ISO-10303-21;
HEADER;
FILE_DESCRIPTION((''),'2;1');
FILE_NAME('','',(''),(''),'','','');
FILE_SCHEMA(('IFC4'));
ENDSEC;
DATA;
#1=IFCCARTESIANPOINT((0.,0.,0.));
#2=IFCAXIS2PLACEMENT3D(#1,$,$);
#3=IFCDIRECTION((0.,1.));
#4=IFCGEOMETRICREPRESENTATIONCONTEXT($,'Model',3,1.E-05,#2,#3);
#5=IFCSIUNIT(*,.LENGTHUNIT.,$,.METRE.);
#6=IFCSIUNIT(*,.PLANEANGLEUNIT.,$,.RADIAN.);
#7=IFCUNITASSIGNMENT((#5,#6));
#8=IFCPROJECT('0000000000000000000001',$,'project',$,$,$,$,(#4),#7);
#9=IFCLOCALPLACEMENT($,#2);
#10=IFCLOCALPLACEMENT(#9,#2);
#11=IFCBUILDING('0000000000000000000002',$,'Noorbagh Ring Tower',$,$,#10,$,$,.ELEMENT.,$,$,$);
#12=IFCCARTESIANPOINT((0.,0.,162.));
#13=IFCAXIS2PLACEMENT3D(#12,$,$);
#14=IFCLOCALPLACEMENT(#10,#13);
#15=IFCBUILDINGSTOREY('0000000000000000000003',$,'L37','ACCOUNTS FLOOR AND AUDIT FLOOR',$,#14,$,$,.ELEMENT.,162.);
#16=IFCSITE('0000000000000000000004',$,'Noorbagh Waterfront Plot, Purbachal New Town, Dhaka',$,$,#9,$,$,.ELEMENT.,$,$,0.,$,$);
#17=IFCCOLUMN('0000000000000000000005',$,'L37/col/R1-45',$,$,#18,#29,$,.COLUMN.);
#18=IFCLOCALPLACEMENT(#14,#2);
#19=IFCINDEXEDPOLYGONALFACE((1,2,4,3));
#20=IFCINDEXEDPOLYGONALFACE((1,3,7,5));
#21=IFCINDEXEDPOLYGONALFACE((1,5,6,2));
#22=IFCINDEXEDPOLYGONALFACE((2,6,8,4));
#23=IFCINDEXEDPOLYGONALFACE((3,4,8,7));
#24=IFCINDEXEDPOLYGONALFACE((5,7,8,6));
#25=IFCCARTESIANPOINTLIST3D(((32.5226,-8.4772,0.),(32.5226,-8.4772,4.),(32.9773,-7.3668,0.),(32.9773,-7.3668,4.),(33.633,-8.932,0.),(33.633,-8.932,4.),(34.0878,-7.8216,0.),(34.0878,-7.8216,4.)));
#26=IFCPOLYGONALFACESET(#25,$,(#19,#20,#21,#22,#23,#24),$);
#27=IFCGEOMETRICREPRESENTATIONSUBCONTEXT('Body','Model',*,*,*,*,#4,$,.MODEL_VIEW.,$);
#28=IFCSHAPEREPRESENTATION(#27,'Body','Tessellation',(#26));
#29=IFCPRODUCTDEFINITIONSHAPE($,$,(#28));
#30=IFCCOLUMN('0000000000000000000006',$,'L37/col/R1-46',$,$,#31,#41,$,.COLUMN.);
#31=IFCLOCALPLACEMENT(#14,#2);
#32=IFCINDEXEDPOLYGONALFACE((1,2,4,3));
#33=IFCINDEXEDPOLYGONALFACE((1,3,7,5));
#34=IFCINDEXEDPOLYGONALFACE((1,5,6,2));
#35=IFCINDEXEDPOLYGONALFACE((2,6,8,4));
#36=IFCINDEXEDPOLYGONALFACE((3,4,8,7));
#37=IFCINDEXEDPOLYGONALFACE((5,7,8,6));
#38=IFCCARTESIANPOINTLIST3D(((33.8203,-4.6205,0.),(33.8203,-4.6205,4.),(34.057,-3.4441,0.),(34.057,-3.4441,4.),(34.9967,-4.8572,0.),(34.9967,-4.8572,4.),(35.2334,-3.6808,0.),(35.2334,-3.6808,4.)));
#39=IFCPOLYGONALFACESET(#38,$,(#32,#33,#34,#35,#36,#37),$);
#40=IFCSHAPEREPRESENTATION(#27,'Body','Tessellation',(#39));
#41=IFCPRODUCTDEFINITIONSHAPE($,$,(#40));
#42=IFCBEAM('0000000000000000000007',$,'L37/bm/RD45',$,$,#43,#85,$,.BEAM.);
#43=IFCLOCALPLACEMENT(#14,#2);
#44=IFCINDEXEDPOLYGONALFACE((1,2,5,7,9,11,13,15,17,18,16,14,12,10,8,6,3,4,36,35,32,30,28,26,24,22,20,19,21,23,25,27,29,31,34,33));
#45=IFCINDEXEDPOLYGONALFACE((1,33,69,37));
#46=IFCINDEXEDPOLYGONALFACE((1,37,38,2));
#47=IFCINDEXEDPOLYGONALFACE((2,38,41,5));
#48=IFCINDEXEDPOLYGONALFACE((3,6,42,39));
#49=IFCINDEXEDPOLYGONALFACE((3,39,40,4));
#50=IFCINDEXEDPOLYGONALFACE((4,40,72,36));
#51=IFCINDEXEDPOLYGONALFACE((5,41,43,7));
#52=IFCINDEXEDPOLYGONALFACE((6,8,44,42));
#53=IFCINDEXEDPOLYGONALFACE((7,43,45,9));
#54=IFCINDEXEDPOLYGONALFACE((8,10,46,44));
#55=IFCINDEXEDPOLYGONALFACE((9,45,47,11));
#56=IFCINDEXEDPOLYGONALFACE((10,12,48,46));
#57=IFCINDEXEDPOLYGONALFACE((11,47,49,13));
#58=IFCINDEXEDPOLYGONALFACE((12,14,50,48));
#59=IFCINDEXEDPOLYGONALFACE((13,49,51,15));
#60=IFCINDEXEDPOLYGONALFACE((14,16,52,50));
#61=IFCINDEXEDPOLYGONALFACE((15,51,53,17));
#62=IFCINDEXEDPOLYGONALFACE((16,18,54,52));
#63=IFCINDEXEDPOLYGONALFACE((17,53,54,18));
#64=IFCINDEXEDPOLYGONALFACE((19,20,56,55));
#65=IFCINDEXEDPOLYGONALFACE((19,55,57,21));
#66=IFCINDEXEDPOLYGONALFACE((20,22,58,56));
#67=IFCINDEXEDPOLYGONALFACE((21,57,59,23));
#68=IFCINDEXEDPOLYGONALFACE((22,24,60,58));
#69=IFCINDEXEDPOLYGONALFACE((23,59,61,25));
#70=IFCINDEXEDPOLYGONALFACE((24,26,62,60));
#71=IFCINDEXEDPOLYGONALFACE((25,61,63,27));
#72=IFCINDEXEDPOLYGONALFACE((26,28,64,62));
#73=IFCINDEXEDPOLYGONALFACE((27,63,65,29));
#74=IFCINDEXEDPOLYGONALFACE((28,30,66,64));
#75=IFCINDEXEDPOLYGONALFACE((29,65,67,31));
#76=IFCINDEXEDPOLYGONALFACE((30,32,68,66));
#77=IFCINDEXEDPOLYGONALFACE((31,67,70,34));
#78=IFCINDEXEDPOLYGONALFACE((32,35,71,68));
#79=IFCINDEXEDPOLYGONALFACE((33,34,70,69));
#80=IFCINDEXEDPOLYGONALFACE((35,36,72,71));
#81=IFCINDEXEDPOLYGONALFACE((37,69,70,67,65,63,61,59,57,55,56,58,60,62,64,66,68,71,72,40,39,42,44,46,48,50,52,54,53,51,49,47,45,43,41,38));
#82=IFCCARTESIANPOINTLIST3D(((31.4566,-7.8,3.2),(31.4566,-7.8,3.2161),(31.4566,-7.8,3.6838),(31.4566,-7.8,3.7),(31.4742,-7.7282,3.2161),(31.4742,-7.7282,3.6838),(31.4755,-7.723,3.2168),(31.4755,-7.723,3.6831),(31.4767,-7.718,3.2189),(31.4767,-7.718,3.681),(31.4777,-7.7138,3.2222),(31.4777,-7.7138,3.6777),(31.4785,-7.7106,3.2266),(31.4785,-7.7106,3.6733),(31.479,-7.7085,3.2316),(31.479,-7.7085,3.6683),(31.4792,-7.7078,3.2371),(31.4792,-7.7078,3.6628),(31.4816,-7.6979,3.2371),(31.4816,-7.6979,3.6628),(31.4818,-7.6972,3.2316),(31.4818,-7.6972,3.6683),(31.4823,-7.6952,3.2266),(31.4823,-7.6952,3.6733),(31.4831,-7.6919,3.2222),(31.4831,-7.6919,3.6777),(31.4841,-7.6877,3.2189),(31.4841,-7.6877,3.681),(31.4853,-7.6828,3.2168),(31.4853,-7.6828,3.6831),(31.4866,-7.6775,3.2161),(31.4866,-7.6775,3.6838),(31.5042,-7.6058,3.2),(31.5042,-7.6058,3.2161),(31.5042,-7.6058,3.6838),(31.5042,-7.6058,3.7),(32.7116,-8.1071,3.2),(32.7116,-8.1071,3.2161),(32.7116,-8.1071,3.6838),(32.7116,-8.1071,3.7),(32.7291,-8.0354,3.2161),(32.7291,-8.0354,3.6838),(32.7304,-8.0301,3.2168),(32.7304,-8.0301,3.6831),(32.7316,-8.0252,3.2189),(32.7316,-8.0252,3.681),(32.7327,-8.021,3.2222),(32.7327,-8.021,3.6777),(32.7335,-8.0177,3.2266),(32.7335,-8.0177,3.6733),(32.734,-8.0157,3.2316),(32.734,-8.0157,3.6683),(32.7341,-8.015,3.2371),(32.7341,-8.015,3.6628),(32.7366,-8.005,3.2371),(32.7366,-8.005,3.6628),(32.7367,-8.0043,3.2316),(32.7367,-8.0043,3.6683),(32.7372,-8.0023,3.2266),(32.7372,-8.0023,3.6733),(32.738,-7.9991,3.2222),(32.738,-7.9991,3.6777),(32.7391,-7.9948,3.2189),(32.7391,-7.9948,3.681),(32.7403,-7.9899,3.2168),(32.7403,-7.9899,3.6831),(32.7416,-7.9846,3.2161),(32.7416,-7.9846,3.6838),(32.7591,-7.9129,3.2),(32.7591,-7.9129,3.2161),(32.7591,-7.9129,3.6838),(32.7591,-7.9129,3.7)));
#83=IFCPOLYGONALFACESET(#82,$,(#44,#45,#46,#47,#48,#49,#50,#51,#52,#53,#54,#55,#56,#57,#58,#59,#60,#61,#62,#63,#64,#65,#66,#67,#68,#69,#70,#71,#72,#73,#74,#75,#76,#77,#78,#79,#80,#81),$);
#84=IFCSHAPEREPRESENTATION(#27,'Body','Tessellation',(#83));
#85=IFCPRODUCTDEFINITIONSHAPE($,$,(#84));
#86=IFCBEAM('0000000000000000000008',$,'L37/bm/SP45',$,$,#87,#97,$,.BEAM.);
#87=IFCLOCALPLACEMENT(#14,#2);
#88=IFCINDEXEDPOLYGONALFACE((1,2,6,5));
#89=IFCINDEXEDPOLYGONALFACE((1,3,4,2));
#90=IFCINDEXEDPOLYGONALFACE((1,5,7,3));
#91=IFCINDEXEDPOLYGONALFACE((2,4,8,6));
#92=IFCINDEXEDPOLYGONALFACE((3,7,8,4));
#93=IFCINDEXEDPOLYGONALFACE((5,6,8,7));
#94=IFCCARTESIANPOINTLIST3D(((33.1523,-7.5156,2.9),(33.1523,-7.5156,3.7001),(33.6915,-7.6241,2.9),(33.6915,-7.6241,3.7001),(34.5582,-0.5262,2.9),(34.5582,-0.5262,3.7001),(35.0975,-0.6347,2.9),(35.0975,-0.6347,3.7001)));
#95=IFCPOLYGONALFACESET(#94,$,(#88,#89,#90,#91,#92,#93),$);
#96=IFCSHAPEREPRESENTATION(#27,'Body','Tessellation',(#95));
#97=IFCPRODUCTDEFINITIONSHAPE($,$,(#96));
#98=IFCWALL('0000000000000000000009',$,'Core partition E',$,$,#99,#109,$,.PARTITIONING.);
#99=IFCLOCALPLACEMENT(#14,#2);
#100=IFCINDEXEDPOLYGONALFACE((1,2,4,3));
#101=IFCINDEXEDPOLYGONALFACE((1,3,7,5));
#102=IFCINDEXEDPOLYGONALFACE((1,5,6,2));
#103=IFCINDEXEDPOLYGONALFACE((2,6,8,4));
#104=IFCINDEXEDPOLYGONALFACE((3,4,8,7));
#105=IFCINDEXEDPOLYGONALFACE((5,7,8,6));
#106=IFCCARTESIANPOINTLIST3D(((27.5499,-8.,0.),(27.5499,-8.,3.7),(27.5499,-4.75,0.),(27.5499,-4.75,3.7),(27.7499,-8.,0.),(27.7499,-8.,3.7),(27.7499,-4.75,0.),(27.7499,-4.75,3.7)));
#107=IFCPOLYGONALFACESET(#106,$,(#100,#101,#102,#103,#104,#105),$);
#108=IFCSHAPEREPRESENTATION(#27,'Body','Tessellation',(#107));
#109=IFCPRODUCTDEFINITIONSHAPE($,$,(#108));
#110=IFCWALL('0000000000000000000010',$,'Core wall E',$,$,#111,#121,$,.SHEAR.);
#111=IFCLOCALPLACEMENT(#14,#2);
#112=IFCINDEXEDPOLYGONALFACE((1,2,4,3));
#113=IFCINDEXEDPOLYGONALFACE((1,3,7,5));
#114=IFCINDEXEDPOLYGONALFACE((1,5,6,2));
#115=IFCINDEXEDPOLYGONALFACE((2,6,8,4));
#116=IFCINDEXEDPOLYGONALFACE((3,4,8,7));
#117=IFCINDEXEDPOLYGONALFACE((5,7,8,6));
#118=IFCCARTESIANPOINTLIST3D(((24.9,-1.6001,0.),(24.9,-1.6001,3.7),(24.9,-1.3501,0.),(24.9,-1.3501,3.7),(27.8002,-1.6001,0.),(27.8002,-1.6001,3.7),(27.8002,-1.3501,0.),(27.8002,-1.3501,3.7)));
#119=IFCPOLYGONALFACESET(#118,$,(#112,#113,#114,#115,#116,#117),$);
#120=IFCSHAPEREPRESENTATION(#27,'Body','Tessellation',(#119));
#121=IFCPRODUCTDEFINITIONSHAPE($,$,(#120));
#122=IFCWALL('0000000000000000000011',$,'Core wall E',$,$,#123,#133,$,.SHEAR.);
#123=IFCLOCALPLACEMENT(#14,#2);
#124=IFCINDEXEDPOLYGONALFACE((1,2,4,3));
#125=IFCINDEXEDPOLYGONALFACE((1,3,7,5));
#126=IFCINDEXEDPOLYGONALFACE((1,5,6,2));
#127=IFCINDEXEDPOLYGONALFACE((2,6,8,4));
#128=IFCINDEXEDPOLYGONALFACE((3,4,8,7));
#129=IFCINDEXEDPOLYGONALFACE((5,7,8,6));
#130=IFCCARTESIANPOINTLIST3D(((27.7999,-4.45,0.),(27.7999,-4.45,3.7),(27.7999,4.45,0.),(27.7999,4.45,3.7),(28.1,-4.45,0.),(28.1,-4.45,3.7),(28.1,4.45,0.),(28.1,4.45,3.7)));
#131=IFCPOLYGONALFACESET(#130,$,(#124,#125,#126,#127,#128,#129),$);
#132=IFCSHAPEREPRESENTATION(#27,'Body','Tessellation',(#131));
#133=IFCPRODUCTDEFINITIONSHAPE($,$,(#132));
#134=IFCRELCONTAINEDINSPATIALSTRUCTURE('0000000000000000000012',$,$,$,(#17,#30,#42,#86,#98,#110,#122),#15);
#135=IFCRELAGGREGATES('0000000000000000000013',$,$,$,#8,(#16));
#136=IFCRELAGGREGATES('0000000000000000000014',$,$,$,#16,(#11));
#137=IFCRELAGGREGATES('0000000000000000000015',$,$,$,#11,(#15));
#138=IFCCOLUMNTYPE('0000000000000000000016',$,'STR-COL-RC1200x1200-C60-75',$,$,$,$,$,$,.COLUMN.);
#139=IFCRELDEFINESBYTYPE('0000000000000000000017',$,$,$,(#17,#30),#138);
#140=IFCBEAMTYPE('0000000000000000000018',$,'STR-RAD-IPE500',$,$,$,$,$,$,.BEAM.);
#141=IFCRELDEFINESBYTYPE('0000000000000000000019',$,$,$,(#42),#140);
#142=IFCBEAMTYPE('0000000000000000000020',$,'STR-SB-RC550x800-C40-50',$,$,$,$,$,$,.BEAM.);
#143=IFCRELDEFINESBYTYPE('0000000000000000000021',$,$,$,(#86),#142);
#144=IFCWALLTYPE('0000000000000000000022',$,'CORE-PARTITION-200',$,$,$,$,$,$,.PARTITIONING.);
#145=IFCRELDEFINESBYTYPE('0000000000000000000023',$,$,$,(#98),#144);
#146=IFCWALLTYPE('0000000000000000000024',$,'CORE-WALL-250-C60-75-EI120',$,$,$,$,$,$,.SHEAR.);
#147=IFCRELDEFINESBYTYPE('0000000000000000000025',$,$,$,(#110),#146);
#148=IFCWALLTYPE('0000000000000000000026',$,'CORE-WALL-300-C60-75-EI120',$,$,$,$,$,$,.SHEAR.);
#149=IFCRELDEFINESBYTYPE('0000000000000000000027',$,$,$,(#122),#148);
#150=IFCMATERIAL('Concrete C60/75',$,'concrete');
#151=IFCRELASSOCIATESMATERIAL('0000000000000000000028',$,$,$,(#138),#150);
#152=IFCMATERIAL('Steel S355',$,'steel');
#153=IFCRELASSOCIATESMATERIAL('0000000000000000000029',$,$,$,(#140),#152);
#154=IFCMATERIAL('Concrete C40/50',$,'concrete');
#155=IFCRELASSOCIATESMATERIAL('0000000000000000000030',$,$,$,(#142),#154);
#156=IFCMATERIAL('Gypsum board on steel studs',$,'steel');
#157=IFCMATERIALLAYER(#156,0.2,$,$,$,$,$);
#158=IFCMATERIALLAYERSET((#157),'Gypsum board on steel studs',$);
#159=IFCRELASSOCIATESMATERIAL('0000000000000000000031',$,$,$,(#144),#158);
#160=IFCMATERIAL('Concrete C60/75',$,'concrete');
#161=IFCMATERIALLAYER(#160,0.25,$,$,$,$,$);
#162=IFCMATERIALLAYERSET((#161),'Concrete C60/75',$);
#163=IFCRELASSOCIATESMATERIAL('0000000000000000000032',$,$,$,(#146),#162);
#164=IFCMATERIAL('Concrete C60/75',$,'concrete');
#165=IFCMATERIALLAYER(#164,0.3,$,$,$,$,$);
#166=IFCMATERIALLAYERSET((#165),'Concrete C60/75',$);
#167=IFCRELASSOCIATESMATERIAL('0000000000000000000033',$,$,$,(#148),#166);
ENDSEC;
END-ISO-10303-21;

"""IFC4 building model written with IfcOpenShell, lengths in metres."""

from ifc_helpers import new_model, si_unit, direction, frame, frame_2d, origin, origin_2d, place, context, subcontext, project, spatial, rectangle, i_section, extrude, material, layer, layer_set, material_profile, profile_set, type_object, element, save


model = new_model("IFC4")

# Units and contexts
model_context = context("Model", 3, precision=1e-05, world=origin(), true_north=direction((0.0, 1.0)))
body_context = subcontext(model_context, "Body", "Model", "MODEL_VIEW")
ifc_project = project(units=[si_unit("LENGTHUNIT", "METRE"), si_unit("PLANEANGLEUNIT", "RADIAN")], contexts=[model_context])

# Site, building, storey
site_placement = place(None, origin())
site = spatial("IfcSite", under=ifc_project, at=site_placement, Name="Noorbagh Waterfront Plot, Purbachal New Town, Dhaka", CompositionType="ELEMENT", RefElevation=0.0)
building_placement = place(site_placement, origin())
building = spatial("IfcBuilding", under=site, at=building_placement, Name="Noorbagh Ring Tower", CompositionType="ELEMENT")
storey_placement = place(building_placement, frame((0.0, 0.0, 162.0)))
storey = spatial("IfcBuildingStorey", under=building, at=storey_placement, Name="L37", Description="ACCOUNTS FLOOR AND AUDIT FLOOR", CompositionType="ELEMENT", Elevation=162.0)

# Columns
ifc_material_1 = material(Name="Concrete C60/75", Category="concrete")
ifc_material_profile_1 = material_profile(ifc_material_1, rectangle(XDim=1.2, YDim=1.2, at=origin_2d()), Name="RC1200x1200")
ifc_profile_set_1 = profile_set([ifc_material_profile_1], Name="Concrete C60/75")
column_type = type_object("IfcColumnType", Name="STR-COL-RC1200x1200-C60-75", PredefinedType="COLUMN", material=ifc_profile_set_1)
for number, where, z_axis, x_axis, name in (
    (1, (33.3052, -8.1494, 0.0), (0.0, 0.0, 1.0), (0.378989, 0.925401, 0.0), "L37/col/R1-45"),
    (2, (34.5269, -4.1506, 0.0), (0.0, 0.0, 1.0), (0.19723, 0.980357, 0.0), "L37/col/R1-46"),
):
    element("IfcColumn", number, at=place(storey_placement, frame(where, z_axis=z_axis, x_axis=x_axis)), inside=storey, type_object=column_type, Name=name, PredefinedType="COLUMN", context=body_context, shape_type="SweptSolid", body=[
        extrude(rectangle(XDim=1.2, YDim=1.2, at=origin_2d()), origin(), (0.0, 0.0, 1.0), 4.0),
    ])

# Beams
ifc_material_2 = material(Name="Steel S355", Category="steel")
ifc_material_profile_2 = material_profile(ifc_material_2, i_section(OverallWidth=0.2, OverallDepth=0.5, WebThickness=0.0103, FlangeThickness=0.0161, FilletRadius=0.021, at=origin_2d()), Name="IPE500")
ifc_profile_set_2 = profile_set([ifc_material_profile_2], Name="Steel S355")
beam_type_1 = type_object("IfcBeamType", Name="STR-RAD-IPE500", PredefinedType="BEAM", material=ifc_profile_set_2)
beam_1_placement = place(storey_placement, frame((32.7354, -8.01, 3.45), z_axis=(-0.971331, 0.23773, 0.0), x_axis=(-0.23773, -0.971331, 0.0)))
element("IfcBeam", 3, at=beam_1_placement, inside=storey, type_object=beam_type_1, Name="L37/bm/RD45", PredefinedType="BEAM", context=body_context, shape_type="SweptSolid", body=[
    extrude(i_section(OverallWidth=0.2, OverallDepth=0.5, WebThickness=0.0103, FlangeThickness=0.0161, FilletRadius=0.021, at=origin_2d()), origin(), (0.0, 0.0, 1.0), 1.292),
])
ifc_material_3 = material(Name="Concrete C40/50", Category="concrete")
ifc_material_profile_3 = material_profile(ifc_material_3, rectangle(XDim=0.55, YDim=0.8, at=origin_2d()), Name="RC550x800")
ifc_profile_set_3 = profile_set([ifc_material_profile_3], Name="Concrete C40/50")
beam_type_2 = type_object("IfcBeamType", Name="STR-SB-RC550x800-C40-50", PredefinedType="BEAM", material=ifc_profile_set_3)
beam_2_placement = place(storey_placement, frame((33.4219, -7.5698, 3.3), z_axis=(0.197209, 0.980361, 0.0), x_axis=(-0.980361, 0.197209, 0.0)))
element("IfcBeam", 4, at=beam_2_placement, inside=storey, type_object=beam_type_2, Name="L37/bm/SP45", PredefinedType="BEAM", context=body_context, shape_type="SweptSolid", body=[
    extrude(rectangle(XDim=0.55, YDim=0.8, at=origin_2d()), origin(), (0.0, 0.0, 1.0), 7.1294),
])

# Walls
ifc_material_4 = material(Name="Gypsum board on steel studs", Category="steel")
ifc_layer_1 = layer(ifc_material_4, 0.2)
ifc_layer_set_1 = layer_set([ifc_layer_1], Name="Gypsum board on steel studs")
wall_type_1 = type_object("IfcWallType", Name="CORE-PARTITION-200", PredefinedType="PARTITIONING", material=ifc_layer_set_1)
wall_1_placement = place(storey_placement, frame((27.6499, -8.0, 0.0), z_axis=(0.0, 0.0, 1.0), x_axis=(0.0, 1.0, 0.0)))
element("IfcWall", 5, at=wall_1_placement, inside=storey, type_object=wall_type_1, Name="Core partition E", PredefinedType="PARTITIONING", context=body_context, shape_type="SweptSolid", body=[
    extrude(rectangle(XDim=3.25, YDim=0.2, at=frame_2d((1.625, 0.0))), origin(), (0.0, 0.0, 1.0), 3.7),
])
ifc_material_5 = material(Name="Concrete C60/75", Category="concrete")
ifc_layer_2 = layer(ifc_material_5, 0.25)
ifc_layer_set_2 = layer_set([ifc_layer_2], Name="Concrete C60/75")
wall_type_2 = type_object("IfcWallType", Name="CORE-WALL-250-C60-75-EI120", PredefinedType="SHEAR", material=ifc_layer_set_2)
wall_2_placement = place(storey_placement, frame((24.8999, -1.4751, 0.0), z_axis=(0.0, 0.0, 1.0), x_axis=(1.0, 0.0, 0.0)))
element("IfcWall", 6, at=wall_2_placement, inside=storey, type_object=wall_type_2, Name="Core wall E", PredefinedType="SHEAR", context=body_context, shape_type="SweptSolid", body=[
    extrude(rectangle(XDim=2.9001, YDim=0.25, at=frame_2d((1.4502, 0.0))), origin(), (0.0, 0.0, 1.0), 3.7),
])
ifc_material_6 = material(Name="Concrete C60/75", Category="concrete")
ifc_layer_3 = layer(ifc_material_6, 0.3)
ifc_layer_set_3 = layer_set([ifc_layer_3], Name="Concrete C60/75")
wall_type_3 = type_object("IfcWallType", Name="CORE-WALL-300-C60-75-EI120", PredefinedType="SHEAR", material=ifc_layer_set_3)
wall_3_placement = place(storey_placement, frame((27.95, -4.45, 0.0), z_axis=(0.0, 0.0, 1.0), x_axis=(0.0, 1.0, 0.0)))
element("IfcWall", 7, at=wall_3_placement, inside=storey, type_object=wall_type_3, Name="Core wall E", PredefinedType="SHEAR", context=body_context, shape_type="SweptSolid", body=[
    extrude(rectangle(XDim=8.8999, YDim=0.3, at=frame_2d((4.45, 0.0))), origin(), (0.0, 0.0, 1.0), 3.7),
])

save(model, "model.ifc")
